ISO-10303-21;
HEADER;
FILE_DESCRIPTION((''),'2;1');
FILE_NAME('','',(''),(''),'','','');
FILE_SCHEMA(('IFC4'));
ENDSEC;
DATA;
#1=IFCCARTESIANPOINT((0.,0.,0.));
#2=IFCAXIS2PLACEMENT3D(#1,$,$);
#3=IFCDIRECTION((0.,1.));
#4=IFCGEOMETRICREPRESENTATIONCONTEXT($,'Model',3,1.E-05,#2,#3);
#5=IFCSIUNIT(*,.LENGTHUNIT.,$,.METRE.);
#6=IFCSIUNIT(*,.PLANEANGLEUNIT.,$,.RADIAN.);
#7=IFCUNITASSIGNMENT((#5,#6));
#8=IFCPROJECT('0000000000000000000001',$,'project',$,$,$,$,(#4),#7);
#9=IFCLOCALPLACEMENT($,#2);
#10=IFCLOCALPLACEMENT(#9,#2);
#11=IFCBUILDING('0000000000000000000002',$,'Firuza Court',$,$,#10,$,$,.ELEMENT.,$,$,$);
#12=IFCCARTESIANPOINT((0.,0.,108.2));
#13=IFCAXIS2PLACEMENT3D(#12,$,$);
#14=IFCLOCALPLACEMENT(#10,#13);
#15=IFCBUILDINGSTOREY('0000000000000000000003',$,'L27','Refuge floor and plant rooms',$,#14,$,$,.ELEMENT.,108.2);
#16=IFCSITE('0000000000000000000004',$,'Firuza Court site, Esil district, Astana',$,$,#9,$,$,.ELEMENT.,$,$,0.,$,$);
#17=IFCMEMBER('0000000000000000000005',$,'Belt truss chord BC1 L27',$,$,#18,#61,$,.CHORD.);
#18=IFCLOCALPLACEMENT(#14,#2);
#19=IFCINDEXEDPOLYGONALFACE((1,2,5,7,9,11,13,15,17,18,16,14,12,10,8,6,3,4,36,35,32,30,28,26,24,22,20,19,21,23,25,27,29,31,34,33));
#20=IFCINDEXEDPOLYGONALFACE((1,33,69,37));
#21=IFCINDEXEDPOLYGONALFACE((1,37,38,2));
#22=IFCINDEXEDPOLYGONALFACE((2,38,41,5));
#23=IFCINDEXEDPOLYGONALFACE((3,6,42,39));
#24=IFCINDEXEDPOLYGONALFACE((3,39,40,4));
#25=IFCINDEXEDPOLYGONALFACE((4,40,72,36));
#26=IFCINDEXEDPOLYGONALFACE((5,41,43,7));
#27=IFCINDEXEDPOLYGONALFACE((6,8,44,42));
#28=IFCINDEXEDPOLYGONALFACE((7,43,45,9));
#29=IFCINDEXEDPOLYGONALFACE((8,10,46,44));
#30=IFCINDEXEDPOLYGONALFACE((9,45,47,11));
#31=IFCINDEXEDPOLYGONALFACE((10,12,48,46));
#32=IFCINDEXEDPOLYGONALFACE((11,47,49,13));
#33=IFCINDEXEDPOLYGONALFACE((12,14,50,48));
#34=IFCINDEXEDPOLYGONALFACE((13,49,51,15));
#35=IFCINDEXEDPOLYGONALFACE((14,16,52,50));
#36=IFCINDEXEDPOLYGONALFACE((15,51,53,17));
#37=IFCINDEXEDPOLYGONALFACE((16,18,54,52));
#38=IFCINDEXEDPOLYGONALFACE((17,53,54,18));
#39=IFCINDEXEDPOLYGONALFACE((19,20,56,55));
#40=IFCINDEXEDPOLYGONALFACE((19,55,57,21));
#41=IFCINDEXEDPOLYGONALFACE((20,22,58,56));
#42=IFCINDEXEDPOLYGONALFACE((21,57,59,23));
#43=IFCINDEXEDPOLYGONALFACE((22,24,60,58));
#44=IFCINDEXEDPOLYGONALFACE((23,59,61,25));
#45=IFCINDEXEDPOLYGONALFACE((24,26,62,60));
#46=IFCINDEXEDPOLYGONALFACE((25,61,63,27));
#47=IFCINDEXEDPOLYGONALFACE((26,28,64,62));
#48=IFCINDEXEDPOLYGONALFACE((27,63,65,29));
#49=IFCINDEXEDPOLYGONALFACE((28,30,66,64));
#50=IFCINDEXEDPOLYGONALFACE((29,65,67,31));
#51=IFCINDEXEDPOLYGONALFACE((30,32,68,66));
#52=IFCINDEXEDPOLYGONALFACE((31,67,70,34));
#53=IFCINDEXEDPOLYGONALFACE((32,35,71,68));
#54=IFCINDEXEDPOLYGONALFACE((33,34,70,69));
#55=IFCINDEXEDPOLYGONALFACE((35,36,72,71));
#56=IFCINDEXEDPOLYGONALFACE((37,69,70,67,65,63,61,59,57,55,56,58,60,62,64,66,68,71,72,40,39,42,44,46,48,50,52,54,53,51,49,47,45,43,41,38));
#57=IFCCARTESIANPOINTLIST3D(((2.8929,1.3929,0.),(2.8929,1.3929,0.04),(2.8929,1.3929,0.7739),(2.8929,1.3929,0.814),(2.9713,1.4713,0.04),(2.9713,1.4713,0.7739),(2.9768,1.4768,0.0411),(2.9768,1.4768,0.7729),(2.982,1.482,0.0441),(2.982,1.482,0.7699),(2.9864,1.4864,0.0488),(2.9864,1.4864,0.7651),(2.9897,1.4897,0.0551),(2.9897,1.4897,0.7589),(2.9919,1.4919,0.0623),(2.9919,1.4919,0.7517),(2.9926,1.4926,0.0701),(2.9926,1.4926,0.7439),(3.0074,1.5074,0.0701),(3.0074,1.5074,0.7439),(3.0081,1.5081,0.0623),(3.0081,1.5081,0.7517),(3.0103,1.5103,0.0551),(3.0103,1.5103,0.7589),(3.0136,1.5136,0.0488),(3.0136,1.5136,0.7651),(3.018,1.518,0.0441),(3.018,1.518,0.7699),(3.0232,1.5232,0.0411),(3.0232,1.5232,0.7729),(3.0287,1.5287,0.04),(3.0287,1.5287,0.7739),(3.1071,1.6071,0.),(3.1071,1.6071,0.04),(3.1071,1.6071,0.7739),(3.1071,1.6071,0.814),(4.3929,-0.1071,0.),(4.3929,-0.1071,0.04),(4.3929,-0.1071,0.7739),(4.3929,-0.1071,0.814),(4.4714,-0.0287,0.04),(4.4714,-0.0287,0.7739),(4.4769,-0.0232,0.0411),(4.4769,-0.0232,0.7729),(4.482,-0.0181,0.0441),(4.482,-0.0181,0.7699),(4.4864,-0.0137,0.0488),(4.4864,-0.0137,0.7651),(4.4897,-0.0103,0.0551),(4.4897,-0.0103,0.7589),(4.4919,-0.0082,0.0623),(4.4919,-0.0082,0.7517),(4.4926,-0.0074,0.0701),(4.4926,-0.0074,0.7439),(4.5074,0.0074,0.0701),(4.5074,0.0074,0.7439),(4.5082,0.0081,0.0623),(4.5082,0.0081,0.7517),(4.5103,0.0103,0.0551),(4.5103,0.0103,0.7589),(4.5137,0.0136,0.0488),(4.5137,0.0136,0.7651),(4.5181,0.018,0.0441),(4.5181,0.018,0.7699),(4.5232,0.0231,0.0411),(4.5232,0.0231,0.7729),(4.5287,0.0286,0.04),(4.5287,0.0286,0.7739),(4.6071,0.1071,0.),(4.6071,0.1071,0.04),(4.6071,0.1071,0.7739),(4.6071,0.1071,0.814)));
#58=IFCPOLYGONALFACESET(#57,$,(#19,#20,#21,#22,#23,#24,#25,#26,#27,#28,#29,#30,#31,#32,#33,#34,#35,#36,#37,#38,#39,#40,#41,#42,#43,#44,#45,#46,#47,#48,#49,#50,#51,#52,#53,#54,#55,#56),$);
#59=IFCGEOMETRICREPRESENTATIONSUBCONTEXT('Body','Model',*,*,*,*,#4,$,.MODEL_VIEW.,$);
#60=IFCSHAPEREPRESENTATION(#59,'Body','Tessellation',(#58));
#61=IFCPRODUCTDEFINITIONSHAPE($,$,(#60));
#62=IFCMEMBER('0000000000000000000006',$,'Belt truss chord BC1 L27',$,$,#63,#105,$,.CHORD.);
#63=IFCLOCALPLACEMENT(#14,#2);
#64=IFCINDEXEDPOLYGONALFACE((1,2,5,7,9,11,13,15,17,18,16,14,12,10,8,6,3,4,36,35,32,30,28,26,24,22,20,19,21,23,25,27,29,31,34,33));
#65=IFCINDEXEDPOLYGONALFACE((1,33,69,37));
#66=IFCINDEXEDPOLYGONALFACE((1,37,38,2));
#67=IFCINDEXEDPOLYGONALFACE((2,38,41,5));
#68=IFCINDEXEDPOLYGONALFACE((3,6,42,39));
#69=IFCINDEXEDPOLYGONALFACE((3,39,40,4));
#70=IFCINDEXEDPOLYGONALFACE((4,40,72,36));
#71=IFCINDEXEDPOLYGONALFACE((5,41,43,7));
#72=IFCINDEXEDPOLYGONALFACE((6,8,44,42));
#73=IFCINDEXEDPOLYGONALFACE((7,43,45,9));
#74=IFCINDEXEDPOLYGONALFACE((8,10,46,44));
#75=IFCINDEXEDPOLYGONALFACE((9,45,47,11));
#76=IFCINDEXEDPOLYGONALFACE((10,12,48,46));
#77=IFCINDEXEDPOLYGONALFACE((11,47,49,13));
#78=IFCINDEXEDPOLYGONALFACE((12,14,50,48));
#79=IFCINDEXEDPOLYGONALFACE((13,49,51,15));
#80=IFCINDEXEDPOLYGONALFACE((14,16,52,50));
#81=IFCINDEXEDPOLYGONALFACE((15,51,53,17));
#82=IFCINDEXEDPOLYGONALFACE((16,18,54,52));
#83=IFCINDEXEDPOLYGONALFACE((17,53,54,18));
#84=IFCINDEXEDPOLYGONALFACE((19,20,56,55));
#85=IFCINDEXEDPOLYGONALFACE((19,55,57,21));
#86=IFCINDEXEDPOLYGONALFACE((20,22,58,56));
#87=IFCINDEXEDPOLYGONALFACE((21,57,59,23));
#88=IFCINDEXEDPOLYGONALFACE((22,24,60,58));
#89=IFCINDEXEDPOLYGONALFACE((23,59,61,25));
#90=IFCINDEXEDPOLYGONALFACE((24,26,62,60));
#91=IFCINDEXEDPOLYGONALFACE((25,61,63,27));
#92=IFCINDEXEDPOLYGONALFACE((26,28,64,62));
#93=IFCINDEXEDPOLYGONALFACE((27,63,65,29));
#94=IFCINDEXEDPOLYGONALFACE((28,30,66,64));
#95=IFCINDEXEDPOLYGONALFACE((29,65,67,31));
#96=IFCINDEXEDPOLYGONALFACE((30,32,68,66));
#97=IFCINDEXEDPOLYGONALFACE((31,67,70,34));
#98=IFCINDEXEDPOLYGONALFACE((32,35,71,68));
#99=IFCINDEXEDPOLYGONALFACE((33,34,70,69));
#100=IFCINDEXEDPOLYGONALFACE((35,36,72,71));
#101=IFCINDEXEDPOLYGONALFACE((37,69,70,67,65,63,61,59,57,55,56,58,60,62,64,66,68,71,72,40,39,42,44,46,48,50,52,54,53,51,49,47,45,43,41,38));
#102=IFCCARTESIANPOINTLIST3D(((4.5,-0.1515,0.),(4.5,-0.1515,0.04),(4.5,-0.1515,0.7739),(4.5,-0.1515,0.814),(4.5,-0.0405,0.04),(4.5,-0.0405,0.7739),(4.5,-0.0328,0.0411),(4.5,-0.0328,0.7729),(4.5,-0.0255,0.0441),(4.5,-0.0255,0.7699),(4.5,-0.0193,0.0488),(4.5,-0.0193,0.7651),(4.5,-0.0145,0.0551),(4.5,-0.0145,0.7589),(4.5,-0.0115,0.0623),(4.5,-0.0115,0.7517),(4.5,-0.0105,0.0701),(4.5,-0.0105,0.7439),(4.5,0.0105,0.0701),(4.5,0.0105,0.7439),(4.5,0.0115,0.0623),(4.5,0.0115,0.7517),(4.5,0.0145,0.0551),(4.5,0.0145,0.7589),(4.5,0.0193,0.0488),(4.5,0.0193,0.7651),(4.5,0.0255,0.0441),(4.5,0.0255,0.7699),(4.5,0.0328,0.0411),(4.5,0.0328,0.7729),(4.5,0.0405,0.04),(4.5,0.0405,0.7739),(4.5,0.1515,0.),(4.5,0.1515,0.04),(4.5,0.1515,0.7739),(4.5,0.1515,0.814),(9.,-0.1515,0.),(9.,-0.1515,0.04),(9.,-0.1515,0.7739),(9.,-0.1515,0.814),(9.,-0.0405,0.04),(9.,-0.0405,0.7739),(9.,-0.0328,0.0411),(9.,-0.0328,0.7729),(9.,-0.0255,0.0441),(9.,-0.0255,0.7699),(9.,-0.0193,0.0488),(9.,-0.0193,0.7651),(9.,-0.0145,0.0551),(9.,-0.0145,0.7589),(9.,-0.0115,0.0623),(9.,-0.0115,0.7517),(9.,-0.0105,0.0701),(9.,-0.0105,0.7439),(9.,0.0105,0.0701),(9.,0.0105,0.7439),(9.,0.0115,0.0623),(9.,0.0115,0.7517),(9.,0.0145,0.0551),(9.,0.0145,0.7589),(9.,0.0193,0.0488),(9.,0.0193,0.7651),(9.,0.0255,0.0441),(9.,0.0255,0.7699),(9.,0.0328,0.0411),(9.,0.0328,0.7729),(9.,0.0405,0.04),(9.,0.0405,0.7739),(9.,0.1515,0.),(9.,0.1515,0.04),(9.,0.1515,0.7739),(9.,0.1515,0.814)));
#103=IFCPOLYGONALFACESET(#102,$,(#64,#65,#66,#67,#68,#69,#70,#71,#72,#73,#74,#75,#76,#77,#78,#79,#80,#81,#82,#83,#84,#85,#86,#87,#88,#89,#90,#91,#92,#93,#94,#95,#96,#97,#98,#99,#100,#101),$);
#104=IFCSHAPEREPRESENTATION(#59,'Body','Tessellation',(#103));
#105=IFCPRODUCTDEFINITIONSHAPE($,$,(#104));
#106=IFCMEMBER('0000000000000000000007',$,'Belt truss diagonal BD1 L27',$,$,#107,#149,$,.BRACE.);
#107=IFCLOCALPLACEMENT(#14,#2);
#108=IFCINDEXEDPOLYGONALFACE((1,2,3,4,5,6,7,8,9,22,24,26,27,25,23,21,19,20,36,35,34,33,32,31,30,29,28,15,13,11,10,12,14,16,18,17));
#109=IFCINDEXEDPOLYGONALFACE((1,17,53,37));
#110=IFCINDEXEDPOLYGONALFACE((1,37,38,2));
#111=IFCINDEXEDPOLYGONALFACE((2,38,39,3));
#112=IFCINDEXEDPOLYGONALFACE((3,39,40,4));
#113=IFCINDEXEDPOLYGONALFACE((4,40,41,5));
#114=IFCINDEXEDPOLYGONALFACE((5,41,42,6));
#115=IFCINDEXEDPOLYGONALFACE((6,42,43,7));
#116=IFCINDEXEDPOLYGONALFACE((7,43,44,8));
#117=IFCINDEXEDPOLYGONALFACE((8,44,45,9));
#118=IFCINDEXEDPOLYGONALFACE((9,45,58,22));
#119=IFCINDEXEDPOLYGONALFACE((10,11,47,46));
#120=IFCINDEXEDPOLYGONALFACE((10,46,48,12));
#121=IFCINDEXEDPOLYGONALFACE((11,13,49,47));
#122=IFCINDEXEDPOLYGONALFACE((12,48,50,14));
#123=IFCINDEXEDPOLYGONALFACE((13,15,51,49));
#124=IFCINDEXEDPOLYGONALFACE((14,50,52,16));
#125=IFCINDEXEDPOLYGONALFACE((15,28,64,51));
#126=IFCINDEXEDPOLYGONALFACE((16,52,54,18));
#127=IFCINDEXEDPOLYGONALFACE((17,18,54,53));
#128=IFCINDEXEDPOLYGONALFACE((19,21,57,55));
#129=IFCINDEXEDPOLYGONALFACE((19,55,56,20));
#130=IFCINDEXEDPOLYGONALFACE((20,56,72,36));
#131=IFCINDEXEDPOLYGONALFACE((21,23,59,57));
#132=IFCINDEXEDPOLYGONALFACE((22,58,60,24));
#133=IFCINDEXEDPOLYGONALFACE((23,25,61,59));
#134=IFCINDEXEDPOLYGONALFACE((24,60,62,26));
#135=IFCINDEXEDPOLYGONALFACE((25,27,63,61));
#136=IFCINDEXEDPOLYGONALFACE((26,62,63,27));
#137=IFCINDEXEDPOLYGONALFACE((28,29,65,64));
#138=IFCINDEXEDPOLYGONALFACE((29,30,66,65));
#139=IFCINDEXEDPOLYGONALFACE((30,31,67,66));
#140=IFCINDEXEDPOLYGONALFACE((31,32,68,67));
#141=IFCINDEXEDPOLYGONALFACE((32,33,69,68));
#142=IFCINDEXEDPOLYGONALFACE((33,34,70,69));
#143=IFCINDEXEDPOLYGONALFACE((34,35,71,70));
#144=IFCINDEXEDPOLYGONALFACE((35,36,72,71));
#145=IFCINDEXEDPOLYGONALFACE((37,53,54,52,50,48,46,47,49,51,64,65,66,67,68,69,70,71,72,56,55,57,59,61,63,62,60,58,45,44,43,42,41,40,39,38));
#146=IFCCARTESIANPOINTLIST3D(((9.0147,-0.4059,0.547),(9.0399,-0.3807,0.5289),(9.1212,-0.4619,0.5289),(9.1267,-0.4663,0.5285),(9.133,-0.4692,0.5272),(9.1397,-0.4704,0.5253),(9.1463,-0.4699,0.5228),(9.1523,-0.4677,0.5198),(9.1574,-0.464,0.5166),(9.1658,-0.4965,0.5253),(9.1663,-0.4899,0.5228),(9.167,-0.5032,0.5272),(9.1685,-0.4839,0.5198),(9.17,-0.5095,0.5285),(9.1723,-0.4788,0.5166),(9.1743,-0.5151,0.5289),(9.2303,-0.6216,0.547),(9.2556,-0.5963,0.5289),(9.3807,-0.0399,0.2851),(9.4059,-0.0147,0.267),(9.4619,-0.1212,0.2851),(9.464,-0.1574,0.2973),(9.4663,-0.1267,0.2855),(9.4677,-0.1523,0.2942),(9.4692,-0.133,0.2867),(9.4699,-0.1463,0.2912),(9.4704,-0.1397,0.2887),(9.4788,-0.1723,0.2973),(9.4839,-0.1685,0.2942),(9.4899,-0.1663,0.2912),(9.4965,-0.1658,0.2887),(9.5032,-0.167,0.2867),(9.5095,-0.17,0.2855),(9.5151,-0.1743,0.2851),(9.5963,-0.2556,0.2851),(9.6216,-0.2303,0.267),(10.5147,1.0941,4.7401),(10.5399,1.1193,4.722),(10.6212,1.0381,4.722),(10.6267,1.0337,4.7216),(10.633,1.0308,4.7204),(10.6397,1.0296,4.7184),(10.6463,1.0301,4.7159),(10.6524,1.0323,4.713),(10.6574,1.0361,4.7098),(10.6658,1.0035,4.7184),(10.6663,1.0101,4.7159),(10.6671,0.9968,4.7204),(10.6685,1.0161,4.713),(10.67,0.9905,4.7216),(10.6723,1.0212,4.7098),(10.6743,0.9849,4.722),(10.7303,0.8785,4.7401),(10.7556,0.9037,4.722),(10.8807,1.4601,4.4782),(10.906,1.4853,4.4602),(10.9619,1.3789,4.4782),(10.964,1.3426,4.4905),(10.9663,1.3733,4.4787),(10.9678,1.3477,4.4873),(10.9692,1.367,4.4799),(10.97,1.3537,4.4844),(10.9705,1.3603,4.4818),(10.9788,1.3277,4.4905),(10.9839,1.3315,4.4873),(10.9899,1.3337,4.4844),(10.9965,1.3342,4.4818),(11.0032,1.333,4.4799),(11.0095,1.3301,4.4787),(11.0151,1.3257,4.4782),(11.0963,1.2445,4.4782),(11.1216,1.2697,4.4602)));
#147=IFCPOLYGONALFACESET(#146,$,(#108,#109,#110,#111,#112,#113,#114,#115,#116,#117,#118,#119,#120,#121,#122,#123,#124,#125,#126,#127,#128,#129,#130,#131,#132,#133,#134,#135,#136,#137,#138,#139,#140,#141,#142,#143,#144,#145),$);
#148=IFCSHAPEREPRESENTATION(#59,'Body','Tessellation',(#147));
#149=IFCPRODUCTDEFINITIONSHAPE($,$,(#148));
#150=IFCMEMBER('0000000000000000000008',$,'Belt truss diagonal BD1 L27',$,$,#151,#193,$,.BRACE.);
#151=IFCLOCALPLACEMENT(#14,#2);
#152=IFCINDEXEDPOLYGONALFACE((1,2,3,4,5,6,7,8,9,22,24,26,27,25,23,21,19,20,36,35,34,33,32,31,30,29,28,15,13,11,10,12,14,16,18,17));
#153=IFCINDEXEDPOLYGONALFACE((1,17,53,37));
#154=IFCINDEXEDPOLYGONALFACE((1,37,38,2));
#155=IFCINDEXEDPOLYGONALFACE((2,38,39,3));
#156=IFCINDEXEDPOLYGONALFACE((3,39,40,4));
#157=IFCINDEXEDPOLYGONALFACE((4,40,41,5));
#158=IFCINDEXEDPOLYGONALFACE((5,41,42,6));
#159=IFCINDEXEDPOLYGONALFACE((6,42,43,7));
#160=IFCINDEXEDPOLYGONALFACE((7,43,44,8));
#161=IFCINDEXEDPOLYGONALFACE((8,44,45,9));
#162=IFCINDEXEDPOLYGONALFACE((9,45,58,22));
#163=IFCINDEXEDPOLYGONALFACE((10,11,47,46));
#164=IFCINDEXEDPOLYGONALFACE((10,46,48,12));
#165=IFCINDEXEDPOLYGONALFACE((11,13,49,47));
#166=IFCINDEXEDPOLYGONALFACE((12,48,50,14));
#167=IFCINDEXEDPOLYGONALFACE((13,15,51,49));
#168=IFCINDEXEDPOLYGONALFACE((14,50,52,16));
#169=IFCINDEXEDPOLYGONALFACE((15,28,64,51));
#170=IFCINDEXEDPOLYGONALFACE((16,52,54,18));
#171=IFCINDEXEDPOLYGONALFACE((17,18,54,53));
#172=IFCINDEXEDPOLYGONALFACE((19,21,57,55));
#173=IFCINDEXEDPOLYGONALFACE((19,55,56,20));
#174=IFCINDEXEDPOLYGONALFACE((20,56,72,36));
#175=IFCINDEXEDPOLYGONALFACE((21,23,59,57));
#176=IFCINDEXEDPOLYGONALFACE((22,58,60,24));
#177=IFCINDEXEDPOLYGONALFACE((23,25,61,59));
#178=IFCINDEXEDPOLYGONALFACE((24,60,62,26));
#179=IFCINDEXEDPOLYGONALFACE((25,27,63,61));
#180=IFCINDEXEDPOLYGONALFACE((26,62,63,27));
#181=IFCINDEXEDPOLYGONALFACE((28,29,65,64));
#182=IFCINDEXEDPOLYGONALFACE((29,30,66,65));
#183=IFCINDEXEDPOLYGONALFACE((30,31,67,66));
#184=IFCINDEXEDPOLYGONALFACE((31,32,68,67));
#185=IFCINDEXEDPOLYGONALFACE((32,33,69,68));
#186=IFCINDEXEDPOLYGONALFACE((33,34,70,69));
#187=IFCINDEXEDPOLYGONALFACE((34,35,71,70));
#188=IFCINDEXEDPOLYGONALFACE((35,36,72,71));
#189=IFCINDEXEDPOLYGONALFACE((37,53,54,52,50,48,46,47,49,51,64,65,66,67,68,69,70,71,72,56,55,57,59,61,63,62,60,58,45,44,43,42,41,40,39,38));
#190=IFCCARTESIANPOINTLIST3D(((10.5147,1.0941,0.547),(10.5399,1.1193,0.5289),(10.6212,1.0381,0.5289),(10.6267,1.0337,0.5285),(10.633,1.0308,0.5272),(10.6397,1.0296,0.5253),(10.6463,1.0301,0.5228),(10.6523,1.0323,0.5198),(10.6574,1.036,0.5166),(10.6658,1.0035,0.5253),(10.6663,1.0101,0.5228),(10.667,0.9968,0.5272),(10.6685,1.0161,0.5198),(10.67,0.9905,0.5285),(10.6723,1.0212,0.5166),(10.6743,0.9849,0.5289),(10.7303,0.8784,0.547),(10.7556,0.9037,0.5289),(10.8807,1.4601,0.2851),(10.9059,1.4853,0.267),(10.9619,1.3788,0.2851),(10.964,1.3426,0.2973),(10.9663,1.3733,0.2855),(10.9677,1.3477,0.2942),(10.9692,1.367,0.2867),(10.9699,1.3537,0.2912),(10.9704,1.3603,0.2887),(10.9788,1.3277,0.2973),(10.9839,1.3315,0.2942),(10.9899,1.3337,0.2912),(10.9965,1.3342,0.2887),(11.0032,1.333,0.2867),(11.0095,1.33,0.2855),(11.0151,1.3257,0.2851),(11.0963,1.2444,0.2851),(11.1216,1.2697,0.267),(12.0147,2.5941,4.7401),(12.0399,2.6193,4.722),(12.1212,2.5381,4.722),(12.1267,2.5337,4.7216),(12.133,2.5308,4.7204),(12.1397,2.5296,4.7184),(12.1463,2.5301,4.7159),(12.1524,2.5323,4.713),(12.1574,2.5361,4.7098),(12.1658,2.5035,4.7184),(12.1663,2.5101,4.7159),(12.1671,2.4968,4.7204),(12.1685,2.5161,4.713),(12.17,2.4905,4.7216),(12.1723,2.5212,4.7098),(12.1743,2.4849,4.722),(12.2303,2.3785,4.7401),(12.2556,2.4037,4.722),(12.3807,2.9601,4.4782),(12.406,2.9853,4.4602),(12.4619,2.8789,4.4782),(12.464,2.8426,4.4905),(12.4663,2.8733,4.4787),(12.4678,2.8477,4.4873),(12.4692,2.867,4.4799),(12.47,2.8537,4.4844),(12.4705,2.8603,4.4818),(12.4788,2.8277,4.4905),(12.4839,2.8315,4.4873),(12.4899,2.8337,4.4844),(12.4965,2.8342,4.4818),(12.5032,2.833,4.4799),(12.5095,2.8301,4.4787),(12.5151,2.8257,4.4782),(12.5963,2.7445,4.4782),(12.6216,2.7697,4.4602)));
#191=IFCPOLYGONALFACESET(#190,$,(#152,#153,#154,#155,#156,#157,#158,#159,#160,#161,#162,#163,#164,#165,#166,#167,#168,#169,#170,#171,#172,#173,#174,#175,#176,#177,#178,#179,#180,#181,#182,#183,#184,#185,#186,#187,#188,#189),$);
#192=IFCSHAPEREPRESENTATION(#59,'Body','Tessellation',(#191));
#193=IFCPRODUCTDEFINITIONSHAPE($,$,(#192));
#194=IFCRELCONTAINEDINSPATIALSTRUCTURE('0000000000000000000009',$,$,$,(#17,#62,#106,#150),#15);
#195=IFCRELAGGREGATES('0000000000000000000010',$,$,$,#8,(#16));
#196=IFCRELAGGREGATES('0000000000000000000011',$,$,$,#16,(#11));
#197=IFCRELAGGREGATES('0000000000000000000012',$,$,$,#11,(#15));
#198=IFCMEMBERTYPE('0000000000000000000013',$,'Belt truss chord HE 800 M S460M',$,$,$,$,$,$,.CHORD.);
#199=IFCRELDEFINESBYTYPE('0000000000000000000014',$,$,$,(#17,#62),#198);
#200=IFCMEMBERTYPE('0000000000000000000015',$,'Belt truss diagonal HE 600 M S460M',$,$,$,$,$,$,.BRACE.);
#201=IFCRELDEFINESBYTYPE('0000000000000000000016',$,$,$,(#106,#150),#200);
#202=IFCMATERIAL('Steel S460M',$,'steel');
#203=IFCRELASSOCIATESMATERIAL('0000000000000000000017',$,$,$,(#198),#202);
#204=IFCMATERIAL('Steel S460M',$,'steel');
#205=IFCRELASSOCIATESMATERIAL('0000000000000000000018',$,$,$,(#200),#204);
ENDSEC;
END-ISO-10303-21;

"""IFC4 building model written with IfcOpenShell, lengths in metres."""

from ifc_helpers import new_model, si_unit, direction, frame, origin, origin_2d, place, context, subcontext, project, spatial, i_section, extrude, material, material_profile, profile_set, type_object, element, save


model = new_model("IFC4")

# Units and contexts
model_context = context("Model", 3, precision=1e-05, world=origin(), true_north=direction((0.0, 1.0)))
body_context = subcontext(model_context, "Body", "Model", "MODEL_VIEW")
ifc_project = project(units=[si_unit("LENGTHUNIT", "METRE"), si_unit("PLANEANGLEUNIT", "RADIAN")], contexts=[model_context])

# Site, building, storey
site_placement = place(None, origin())
site = spatial("IfcSite", under=ifc_project, at=site_placement, Name="Firuza Court site, Esil district, Astana", CompositionType="ELEMENT", RefElevation=0.0)
building_placement = place(site_placement, origin())
building = spatial("IfcBuilding", under=site, at=building_placement, Name="Firuza Court", CompositionType="ELEMENT")
storey_placement = place(building_placement, frame((0.0, 0.0, 108.2)))
storey = spatial("IfcBuildingStorey", under=building, at=storey_placement, Name="L27", Description="Refuge floor and plant rooms", CompositionType="ELEMENT", Elevation=108.2)

# Members
ifc_material_1 = material(Name="Steel S460M", Category="steel")
ifc_material_profile_1 = material_profile(ifc_material_1, i_section(OverallWidth=0.303, OverallDepth=0.814, WebThickness=0.021, FlangeThickness=0.04, FilletRadius=0.03, at=origin_2d()), Name="HE 800 M")
ifc_profile_set_1 = profile_set([ifc_material_profile_1], Name="Steel S460M")
member_type_1 = type_object("IfcMemberType", Name="Belt truss chord HE 800 M S460M", PredefinedType="CHORD", material=ifc_profile_set_1)
for number, where, z_axis, x_axis, name in (
    (1, (3.0, 1.5, 0.407), (0.707107, -0.707107, 0.0), (0.707107, 0.707107, 0.0), "Belt truss chord BC1 L27"),
):
    element("IfcMember", number, at=place(storey_placement, frame(where, z_axis=z_axis, x_axis=x_axis)), inside=storey, type_object=member_type_1, Name=name, PredefinedType="CHORD", context=body_context, shape_type="SweptSolid", body=[
        extrude(i_section(OverallWidth=0.303, OverallDepth=0.814, WebThickness=0.021, FlangeThickness=0.04, FilletRadius=0.03, at=origin_2d()), origin(), (0.0, 0.0, 1.0), 2.1213),
    ])
member_placement = place(storey_placement, frame((4.5, 0.0, 0.407), z_axis=(1.0, 0.0, 0.0), x_axis=(0.0, 1.0, 0.0)))
element("IfcMember", 2, at=member_placement, inside=storey, type_object=member_type_1, Name="Belt truss chord BC1 L27", PredefinedType="CHORD", context=body_context, shape_type="SweptSolid", body=[
    extrude(i_section(OverallWidth=0.303, OverallDepth=0.814, WebThickness=0.021, FlangeThickness=0.04, FilletRadius=0.03, at=origin_2d()), origin(), (0.0, 0.0, 1.0), 4.5),
])
ifc_material_2 = material(Name="Steel S460M", Category="steel")
ifc_material_profile_2 = material_profile(ifc_material_2, i_section(OverallWidth=0.3049, OverallDepth=0.6201, WebThickness=0.021, FlangeThickness=0.04, FilletRadius=0.0271, at=origin_2d()), Name="HE 600 M")
ifc_profile_set_2 = profile_set([ifc_material_profile_2], Name="Steel S460M")
member_type_2 = type_object("IfcMemberType", Name="Belt truss diagonal HE 600 M S460M", PredefinedType="BRACE", material=ifc_profile_set_2)
for number, where, z_axis, x_axis, name in (
    (3, (9.3181, -0.3181, 0.407), (0.319205, 0.319205, 0.892309), (-0.707107, 0.707107, 0.0), "Belt truss diagonal BD1 L27"),
    (4, (10.8181, 1.1819, 0.407), (0.319205, 0.319205, 0.892309), (-0.707107, 0.707107, 0.0), "Belt truss diagonal BD1 L27"),
):
    element("IfcMember", number, at=place(storey_placement, frame(where, z_axis=z_axis, x_axis=x_axis)), inside=storey, type_object=member_type_2, Name=name, PredefinedType="BRACE", context=body_context, shape_type="SweptSolid", body=[
        extrude(i_section(OverallWidth=0.3049, OverallDepth=0.6201, WebThickness=0.021, FlangeThickness=0.04, FilletRadius=0.0271, at=origin_2d()), origin(), (0.0, 0.0, 1.0), 4.6992),
    ])

save(model, "model.ifc")
